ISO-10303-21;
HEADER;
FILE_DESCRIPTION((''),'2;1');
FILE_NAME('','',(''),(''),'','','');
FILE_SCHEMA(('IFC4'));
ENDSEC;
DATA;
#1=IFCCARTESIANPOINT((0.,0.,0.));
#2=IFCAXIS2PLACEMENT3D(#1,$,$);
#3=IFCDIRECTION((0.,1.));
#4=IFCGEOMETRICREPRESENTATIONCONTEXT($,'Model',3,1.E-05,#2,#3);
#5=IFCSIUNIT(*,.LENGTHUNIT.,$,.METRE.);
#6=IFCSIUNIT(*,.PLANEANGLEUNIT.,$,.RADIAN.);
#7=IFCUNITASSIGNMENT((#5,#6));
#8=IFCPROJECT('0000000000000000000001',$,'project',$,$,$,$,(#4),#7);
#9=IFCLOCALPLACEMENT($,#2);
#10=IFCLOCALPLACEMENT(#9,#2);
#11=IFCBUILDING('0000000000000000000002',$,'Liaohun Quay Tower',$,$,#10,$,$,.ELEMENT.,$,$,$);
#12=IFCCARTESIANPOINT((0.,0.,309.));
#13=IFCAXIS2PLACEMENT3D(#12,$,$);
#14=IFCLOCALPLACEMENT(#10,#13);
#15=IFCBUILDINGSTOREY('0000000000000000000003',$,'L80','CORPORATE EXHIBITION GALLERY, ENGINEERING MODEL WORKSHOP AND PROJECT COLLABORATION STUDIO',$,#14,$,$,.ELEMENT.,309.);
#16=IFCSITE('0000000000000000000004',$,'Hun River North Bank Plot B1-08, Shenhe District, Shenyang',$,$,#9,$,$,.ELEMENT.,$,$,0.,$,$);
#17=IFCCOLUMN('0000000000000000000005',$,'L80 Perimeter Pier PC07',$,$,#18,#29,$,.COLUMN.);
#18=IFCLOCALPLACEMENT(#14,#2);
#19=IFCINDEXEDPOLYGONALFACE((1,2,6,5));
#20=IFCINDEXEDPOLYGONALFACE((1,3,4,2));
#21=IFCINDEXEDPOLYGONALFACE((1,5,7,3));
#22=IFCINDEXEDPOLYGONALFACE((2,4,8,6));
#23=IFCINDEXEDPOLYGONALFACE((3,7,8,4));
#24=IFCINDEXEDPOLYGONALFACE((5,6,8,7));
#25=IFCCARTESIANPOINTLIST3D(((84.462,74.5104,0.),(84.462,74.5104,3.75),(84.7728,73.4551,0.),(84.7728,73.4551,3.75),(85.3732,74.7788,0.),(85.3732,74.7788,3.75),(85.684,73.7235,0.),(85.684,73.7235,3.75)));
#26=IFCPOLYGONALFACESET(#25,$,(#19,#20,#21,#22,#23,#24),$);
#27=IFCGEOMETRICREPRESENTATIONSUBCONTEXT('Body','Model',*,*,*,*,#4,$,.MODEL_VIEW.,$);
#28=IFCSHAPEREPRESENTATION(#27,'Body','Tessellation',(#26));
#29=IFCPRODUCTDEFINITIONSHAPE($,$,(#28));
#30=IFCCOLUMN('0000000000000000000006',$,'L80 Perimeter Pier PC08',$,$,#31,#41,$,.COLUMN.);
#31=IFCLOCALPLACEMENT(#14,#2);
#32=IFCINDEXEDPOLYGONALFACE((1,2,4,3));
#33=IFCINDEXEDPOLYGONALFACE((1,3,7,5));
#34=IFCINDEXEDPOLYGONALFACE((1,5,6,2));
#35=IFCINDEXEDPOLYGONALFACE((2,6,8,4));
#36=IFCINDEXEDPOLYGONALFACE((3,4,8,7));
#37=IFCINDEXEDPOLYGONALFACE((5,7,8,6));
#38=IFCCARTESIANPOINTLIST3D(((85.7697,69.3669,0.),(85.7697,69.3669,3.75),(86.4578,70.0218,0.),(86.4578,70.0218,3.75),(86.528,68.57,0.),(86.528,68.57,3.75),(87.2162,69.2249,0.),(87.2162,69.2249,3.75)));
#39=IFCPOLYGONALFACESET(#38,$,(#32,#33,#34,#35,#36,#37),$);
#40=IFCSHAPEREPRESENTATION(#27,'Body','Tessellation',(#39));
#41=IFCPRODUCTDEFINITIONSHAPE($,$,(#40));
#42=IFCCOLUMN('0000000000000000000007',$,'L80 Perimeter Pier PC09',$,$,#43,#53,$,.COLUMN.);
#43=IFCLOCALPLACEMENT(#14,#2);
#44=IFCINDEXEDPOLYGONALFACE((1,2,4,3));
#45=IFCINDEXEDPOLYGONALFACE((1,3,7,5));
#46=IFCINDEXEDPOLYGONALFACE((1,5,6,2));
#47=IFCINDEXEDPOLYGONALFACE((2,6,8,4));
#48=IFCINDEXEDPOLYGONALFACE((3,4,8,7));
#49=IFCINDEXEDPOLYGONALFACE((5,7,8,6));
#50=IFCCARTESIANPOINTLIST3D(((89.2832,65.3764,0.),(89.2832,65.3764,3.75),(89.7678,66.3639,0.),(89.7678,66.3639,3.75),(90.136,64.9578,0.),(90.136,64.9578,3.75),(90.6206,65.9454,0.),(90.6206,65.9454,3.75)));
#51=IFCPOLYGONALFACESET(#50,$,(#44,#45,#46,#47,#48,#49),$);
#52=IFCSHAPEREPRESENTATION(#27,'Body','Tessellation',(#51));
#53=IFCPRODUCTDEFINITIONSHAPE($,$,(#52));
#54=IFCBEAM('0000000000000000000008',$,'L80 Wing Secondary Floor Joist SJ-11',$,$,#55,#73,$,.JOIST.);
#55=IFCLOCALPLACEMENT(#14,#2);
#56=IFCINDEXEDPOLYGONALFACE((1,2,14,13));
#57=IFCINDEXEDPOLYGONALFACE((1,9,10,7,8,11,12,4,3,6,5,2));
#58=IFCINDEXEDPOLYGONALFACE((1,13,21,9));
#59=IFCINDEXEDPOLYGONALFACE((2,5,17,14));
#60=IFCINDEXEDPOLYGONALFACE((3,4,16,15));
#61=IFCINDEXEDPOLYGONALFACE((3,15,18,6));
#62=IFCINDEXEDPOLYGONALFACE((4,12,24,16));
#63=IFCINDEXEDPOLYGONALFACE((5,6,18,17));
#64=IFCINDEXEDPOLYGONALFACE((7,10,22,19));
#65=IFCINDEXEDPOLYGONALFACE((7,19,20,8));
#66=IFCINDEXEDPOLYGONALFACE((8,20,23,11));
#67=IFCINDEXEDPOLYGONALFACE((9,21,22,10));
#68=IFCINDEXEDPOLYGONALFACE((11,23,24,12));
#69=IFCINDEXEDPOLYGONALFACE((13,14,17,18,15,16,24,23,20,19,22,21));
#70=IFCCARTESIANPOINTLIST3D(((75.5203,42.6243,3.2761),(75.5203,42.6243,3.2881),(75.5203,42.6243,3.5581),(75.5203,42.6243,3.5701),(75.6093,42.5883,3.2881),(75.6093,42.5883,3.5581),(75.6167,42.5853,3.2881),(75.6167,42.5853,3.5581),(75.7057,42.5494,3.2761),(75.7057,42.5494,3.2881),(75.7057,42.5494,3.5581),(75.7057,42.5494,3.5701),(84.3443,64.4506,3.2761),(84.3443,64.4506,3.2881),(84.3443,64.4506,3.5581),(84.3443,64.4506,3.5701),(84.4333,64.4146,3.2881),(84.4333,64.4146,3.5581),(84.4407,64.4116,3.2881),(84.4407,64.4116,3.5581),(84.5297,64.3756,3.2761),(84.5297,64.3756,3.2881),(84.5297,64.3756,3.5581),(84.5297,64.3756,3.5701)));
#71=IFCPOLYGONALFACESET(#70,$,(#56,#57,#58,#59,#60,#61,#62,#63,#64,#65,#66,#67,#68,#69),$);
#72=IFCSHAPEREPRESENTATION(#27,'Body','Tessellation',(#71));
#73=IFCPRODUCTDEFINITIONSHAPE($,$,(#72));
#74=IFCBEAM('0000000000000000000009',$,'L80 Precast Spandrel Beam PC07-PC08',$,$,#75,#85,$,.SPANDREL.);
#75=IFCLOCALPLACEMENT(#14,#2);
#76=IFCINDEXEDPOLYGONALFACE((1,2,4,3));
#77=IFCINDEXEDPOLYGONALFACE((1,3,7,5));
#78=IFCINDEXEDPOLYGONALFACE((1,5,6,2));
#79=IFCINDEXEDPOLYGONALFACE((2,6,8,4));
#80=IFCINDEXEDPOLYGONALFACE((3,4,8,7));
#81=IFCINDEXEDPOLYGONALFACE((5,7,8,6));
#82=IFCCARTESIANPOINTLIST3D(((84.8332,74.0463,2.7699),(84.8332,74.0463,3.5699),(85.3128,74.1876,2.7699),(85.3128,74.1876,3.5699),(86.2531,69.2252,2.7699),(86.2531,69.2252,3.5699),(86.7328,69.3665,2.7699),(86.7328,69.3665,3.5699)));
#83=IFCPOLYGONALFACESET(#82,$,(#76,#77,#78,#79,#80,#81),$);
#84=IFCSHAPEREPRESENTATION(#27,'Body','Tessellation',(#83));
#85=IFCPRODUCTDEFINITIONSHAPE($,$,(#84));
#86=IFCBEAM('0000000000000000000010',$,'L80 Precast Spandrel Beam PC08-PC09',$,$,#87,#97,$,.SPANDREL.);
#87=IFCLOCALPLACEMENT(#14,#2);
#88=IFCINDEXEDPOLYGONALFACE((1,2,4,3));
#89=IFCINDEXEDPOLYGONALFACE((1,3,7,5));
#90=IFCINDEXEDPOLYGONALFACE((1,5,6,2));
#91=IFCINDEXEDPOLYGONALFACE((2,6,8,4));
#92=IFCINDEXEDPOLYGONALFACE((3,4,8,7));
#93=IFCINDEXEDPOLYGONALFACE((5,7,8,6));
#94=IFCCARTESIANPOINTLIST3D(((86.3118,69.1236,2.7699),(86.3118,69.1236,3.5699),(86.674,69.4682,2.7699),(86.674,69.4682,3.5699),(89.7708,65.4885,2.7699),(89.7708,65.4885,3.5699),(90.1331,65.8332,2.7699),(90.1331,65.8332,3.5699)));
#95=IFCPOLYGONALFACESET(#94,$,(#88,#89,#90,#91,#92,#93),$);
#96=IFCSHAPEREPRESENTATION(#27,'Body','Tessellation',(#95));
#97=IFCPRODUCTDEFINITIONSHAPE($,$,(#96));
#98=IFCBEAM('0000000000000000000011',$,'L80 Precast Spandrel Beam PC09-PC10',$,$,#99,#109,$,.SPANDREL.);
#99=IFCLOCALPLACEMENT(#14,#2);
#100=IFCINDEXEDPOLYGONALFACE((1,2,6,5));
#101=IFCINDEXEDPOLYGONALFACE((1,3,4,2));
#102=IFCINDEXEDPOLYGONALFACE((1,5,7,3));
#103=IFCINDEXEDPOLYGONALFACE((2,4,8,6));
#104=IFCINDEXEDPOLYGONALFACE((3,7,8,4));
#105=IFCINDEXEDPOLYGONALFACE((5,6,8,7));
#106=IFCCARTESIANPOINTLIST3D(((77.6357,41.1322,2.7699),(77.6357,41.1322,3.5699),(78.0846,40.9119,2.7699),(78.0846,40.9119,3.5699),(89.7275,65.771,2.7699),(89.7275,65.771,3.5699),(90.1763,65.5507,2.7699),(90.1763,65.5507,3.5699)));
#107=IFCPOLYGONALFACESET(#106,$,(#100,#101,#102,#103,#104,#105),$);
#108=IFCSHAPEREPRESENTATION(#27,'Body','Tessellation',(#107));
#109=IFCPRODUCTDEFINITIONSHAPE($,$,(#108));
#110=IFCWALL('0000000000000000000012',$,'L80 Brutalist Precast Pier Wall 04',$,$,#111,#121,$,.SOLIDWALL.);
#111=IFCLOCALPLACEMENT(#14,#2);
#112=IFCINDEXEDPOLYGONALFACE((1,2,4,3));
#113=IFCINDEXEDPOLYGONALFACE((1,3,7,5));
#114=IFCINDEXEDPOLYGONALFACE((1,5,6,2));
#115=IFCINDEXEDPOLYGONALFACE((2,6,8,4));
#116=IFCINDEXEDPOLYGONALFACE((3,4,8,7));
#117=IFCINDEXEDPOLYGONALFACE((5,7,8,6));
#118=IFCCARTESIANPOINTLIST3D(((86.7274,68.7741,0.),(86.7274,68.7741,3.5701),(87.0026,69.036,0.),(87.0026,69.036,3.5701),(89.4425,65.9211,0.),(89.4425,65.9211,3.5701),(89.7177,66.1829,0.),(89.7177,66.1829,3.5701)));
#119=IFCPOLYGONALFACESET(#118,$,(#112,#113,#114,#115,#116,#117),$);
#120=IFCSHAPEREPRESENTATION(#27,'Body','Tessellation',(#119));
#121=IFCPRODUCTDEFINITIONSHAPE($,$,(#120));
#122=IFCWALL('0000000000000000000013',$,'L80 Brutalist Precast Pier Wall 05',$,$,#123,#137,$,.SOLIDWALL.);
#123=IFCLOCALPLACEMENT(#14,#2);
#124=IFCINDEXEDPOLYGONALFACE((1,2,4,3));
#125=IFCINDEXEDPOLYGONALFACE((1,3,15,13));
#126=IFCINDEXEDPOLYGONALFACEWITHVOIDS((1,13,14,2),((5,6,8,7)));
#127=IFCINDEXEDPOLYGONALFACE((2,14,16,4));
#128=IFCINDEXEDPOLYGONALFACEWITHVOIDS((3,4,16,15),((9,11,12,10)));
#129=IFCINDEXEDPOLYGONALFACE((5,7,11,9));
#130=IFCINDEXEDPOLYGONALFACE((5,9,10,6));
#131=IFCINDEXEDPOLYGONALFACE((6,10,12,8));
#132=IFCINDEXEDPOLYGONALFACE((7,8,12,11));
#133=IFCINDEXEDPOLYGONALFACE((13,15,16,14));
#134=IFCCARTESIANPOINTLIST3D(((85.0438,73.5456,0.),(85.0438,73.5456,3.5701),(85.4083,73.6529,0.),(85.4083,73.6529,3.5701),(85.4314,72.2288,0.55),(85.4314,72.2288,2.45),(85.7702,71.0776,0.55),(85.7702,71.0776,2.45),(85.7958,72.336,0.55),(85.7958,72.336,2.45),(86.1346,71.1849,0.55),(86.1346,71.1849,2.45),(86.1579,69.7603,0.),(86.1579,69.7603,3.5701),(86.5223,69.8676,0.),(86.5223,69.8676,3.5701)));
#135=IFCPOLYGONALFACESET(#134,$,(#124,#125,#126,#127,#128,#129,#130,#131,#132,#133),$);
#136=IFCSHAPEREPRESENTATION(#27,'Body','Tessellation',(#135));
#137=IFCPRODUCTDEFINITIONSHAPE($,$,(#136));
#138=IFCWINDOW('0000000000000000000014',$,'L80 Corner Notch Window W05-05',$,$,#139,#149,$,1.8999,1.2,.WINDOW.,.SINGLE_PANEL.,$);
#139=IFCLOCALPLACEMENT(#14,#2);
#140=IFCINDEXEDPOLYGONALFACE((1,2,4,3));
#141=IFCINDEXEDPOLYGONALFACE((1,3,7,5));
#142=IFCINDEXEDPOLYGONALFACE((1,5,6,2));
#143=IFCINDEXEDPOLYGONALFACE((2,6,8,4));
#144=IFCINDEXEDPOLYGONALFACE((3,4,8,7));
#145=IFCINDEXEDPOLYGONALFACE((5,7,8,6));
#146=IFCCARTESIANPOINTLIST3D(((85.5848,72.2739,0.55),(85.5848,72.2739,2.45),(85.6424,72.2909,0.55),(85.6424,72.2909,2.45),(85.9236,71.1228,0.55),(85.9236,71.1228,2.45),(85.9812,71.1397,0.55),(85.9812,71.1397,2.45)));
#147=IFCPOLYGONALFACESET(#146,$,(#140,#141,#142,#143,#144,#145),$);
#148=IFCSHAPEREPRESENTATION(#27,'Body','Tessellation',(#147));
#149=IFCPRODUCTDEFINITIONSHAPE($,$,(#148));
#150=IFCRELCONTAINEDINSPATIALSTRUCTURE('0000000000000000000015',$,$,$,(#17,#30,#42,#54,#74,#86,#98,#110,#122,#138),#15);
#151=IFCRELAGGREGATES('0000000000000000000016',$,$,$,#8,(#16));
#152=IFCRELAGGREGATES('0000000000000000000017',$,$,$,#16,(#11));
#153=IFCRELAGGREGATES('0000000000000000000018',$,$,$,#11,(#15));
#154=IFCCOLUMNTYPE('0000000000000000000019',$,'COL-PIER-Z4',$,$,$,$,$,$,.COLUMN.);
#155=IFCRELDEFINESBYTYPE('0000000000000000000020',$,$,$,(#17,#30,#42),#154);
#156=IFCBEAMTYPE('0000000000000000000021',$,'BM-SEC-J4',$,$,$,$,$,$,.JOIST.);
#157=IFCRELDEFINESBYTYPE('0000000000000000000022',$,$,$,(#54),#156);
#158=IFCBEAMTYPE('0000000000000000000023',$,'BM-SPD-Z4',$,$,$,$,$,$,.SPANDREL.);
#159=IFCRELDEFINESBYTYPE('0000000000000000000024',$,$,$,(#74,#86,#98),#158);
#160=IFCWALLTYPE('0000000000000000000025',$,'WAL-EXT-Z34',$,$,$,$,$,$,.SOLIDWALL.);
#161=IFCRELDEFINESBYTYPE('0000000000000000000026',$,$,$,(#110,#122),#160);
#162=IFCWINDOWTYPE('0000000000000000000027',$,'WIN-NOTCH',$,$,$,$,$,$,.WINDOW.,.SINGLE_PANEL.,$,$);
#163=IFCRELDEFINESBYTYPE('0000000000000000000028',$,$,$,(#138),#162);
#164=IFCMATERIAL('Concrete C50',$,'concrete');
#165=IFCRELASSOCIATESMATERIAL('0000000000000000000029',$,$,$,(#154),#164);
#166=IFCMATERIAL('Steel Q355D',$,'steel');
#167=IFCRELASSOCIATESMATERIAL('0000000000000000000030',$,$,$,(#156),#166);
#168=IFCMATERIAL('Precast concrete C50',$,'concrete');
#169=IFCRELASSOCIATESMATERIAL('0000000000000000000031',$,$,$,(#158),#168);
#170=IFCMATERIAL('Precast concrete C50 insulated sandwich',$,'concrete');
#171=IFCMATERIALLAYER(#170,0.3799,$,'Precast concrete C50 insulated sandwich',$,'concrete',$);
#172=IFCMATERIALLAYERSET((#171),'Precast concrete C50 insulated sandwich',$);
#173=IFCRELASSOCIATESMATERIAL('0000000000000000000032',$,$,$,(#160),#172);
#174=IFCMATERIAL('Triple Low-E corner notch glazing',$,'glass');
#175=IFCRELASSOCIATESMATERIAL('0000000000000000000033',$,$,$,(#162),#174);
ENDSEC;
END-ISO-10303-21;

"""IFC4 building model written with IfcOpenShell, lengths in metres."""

from ifc_helpers import new_model, si_unit, direction, frame, frame_2d, origin, origin_2d, place, context, subcontext, project, spatial, rectangle, i_section, extrude, source, transform, mapped, material, layer, layer_set, material_profile, profile_set, type_object, element, fill, save


model = new_model("IFC4")

# Units and contexts
model_context = context("Model", 3, precision=1e-05, world=origin(), true_north=direction((0.0, 1.0)))
body_context = subcontext(model_context, "Body", "Model", "MODEL_VIEW")
ifc_project = project(units=[si_unit("LENGTHUNIT", "METRE"), si_unit("PLANEANGLEUNIT", "RADIAN")], contexts=[model_context])

# Site, building, storey
site_placement = place(None, origin())
site = spatial("IfcSite", under=ifc_project, at=site_placement, Name="Hun River North Bank Plot B1-08, Shenhe District, Shenyang", CompositionType="ELEMENT", RefElevation=0.0)
building_placement = place(site_placement, origin())
building = spatial("IfcBuilding", under=site, at=building_placement, Name="Liaohun Quay Tower", CompositionType="ELEMENT")
storey_placement = place(building_placement, frame((0.0, 0.0, 309.0)))
storey = spatial("IfcBuildingStorey", under=building, at=storey_placement, Name="L80", Description="CORPORATE EXHIBITION GALLERY, ENGINEERING MODEL WORKSHOP AND PROJECT COLLABORATION STUDIO", CompositionType="ELEMENT", Elevation=309.0)

# Columns
ifc_material_1 = material(Name="Concrete C50", Category="concrete")
ifc_material_profile_1 = material_profile(ifc_material_1, rectangle(XDim=1.1001, YDim=0.95, at=origin_2d()), Name="RC1100x950")
ifc_profile_set_1 = profile_set([ifc_material_profile_1], Name="Concrete C50")
column_type = type_object("IfcColumnType", Name="COL-PIER-Z4", PredefinedType="COLUMN", material=ifc_profile_set_1)
shared_shape_1 = source(origin(), body_context, "Body", "SweptSolid", [
    extrude(rectangle(XDim=1.1001, YDim=0.95, at=origin_2d()), origin(), (0.0, 0.0, 1.0), 3.75),
])
for number, where, z_axis, x_axis, name in (
    (1, (85.073, 74.1169, 0.0), (0.0, 0.0, 1.0), (-0.282509, 0.959265, 0.0), "L80 Perimeter Pier PC07"),
    (2, (86.4929, 69.2959, 0.0), (0.0, 0.0, 1.0), (-0.689367, 0.724413, 0.0), "L80 Perimeter Pier PC08"),
    (3, (89.9519, 65.6609, 0.0), (0.0, 0.0, 1.0), (0.440566, 0.89772, 0.0), "L80 Perimeter Pier PC09"),
):
    element("IfcColumn", number, at=place(storey_placement, frame(where, z_axis=z_axis, x_axis=x_axis)), inside=storey, type_object=column_type, Name=name, PredefinedType="COLUMN", context=body_context, shape_type="MappedRepresentation", body=[
        mapped(shared_shape_1, transform((0.0, 0.0, 0.0), x_axis=(1.0, 0.0, 0.0), y_axis=(0.0, 1.0, 0.0), z_axis=(0.0, 0.0, 1.0), scale=1.0)),
    ])

# Beams
ifc_material_2 = material(Name="Steel Q355D", Category="steel")
ifc_material_profile_2 = material_profile(ifc_material_2, i_section(OverallWidth=0.2, OverallDepth=0.2939, WebThickness=0.0081, FlangeThickness=0.012, at=origin_2d()), Name="HM294x200x8x12")
ifc_profile_set_2 = profile_set([ifc_material_profile_2], Name="Steel Q355D")
beam_type_1 = type_object("IfcBeamType", Name="BM-SEC-J4", PredefinedType="JOIST", material=ifc_profile_set_2)
shared_shape_2 = source(origin(), body_context, "Body", "SweptSolid", [
    extrude(i_section(OverallWidth=0.2, OverallDepth=0.2939, WebThickness=0.0081, FlangeThickness=0.012, at=origin_2d()), origin(), (0.0, 0.0, 1.0), 23.5425),
])
beam_1_placement = place(storey_placement, frame((84.437, 64.4131, 3.4231), z_axis=(-0.374812, -0.927101, 0.0), x_axis=(0.927101, -0.374812, 0.0)))
element("IfcBeam", 4, at=beam_1_placement, inside=storey, type_object=beam_type_1, Name="L80 Wing Secondary Floor Joist SJ-11", PredefinedType="JOIST", context=body_context, shape_type="MappedRepresentation", body=[
    mapped(shared_shape_2, transform((0.0, 0.0, 0.0), x_axis=(1.0, 0.0, 0.0), y_axis=(0.0, 1.0, 0.0), z_axis=(0.0, 0.0, 1.0), scale=1.0)),
])
ifc_material_3 = material(Name="Precast concrete C50", Category="concrete")
ifc_material_profile_3 = material_profile(ifc_material_3, rectangle(XDim=0.5, YDim=0.8, at=origin_2d()), Name="RC500x800")
ifc_profile_set_3 = profile_set([ifc_material_profile_3], Name="Precast concrete C50")
beam_type_2 = type_object("IfcBeamType", Name="BM-SPD-Z4", PredefinedType="SPANDREL", material=ifc_profile_set_3)
shared_shape_3 = source(origin(), body_context, "Body", "SweptSolid", [
    extrude(rectangle(XDim=0.5, YDim=0.8, at=origin_2d()), origin(), (0.0, 0.0, 1.0), 5.0259),
])
beam_2_placement = place(storey_placement, frame((85.073, 74.1169, 3.1699), z_axis=(0.282527, -0.959259, 0.0), x_axis=(0.959259, 0.282527, 0.0)))
element("IfcBeam", 5, at=beam_2_placement, inside=storey, type_object=beam_type_2, Name="L80 Precast Spandrel Beam PC07-PC08", PredefinedType="SPANDREL", context=body_context, shape_type="MappedRepresentation", body=[
    mapped(shared_shape_3, transform((0.0, 0.0, 0.0), x_axis=(1.0, 0.0, 0.0), y_axis=(0.0, 1.0, 0.0), z_axis=(0.0, 0.0, 1.0), scale=1.0)),
])
shared_shape_4 = source(origin(), body_context, "Body", "SweptSolid", [
    extrude(rectangle(XDim=0.5, YDim=0.8, at=origin_2d()), origin(), (0.0, 0.0, 1.0), 5.0178),
])
beam_3_placement = place(storey_placement, frame((86.4929, 69.2959, 3.1699), z_axis=(0.689349, -0.724429, 0.0), x_axis=(0.724429, 0.689349, 0.0)))
element("IfcBeam", 6, at=beam_3_placement, inside=storey, type_object=beam_type_2, Name="L80 Precast Spandrel Beam PC08-PC09", PredefinedType="SPANDREL", context=body_context, shape_type="MappedRepresentation", body=[
    mapped(shared_shape_4, transform((0.0, 0.0, 0.0), x_axis=(1.0, 0.0, 0.0), y_axis=(0.0, 1.0, 0.0), z_axis=(0.0, 0.0, 1.0), scale=1.0)),
])
shared_shape_5 = source(origin(), body_context, "Body", "SweptSolid", [
    extrude(rectangle(XDim=0.5, YDim=0.8, at=origin_2d()), origin(), (0.0, 0.0, 1.0), 27.446),
])
beam_4_placement = place(storey_placement, frame((89.9519, 65.6609, 3.1699), z_axis=(-0.440565, -0.897721, 0.0), x_axis=(0.897721, -0.440565, 0.0)))
element("IfcBeam", 7, at=beam_4_placement, inside=storey, type_object=beam_type_2, Name="L80 Precast Spandrel Beam PC09-PC10", PredefinedType="SPANDREL", context=body_context, shape_type="MappedRepresentation", body=[
    mapped(shared_shape_5, transform((0.0, 0.0, 0.0), x_axis=(1.0, 0.0, 0.0), y_axis=(0.0, 1.0, 0.0), z_axis=(0.0, 0.0, 1.0), scale=1.0)),
])

# Wall
ifc_material_4 = material(Name="Precast concrete C50 insulated sandwich", Category="concrete")
ifc_layer_1 = layer(ifc_material_4, 0.3799, Name="Precast concrete C50 insulated sandwich", Category="concrete")
ifc_layer_set_1 = layer_set([ifc_layer_1], Name="Precast concrete C50 insulated sandwich")
wall_type_1 = type_object("IfcWallType", Name="WAL-EXT-Z34", PredefinedType="SOLIDWALL", material=ifc_layer_set_1)
wall_1_placement = place(storey_placement, frame((89.5801, 66.052, 0.0), z_axis=(0.0, 0.0, 1.0), x_axis=(-0.689378, 0.724402, 0.0)))
element("IfcWall", 8, at=wall_1_placement, inside=storey, type_object=wall_type_1, Name="L80 Brutalist Precast Pier Wall 04", PredefinedType="SOLIDWALL", context=body_context, shape_type="SweptSolid", body=[
    extrude(rectangle(XDim=3.9385, YDim=0.3799, at=frame_2d((1.9692, 0.0))), origin(), (0.0, 0.0, 1.0), 3.5701),
])

# Wall, opening, window
wall_2_placement = place(storey_placement, frame((86.3401, 69.814, 0.0), z_axis=(0.0, 0.0, 1.0), x_axis=(-0.282337, 0.959315, 0.0)))
wall_2 = element("IfcWall", 9, at=wall_2_placement, inside=storey, type_object=wall_type_1, Name="L80 Brutalist Precast Pier Wall 05", PredefinedType="SOLIDWALL", context=body_context, shape_type="SweptSolid", body=[
    extrude(rectangle(XDim=3.9458, YDim=0.3799, at=frame_2d((1.9729, 0.0))), origin(), (0.0, 0.0, 1.0), 3.5701),
])
shared_shape_6 = source(origin(), body_context, "Body", "SweptSolid", [
    extrude(rectangle(XDim=1.2, YDim=1.8999, at=frame_2d((0.6001, 0.95))), frame((0.0, 0.2, 0.0), z_axis=(0.0, -1.0, 0.0), x_axis=(1.0, 0.0, 0.0)), (0.0, 0.0, 1.0), 0.3999),
])
opening_1_placement = place(wall_2_placement, frame((1.373, 0.0, 0.55)))
opening_1 = element("IfcOpeningElement", 10, at=opening_1_placement, cuts=wall_2, PredefinedType="OPENING", context=body_context, shape_type="MappedRepresentation", body=[
    mapped(shared_shape_6, transform((0.0, 0.0, 0.0), x_axis=(1.0, 0.0, 0.0), y_axis=(0.0, 1.0, 0.0), z_axis=(0.0, 0.0, 1.0), scale=1.0)),
])
ifc_material_5 = material(Name="Triple Low-E corner notch glazing", Category="glass")
window_type_1 = type_object("IfcWindowType", Name="WIN-NOTCH", PartitioningType="SINGLE_PANEL", PredefinedType="WINDOW", material=ifc_material_5)
shared_shape_7 = source(origin(), body_context, "Body", "SweptSolid", [
    extrude(rectangle(XDim=1.2, YDim=1.8999, at=frame_2d((0.6001, 0.95))), frame((0.0, 0.03, 0.0), z_axis=(0.0, -1.0, 0.0), x_axis=(1.0, 0.0, 0.0)), (0.0, 0.0, 1.0), 0.0601),
])
window_1_placement = place(opening_1_placement, origin())
window_1 = element("IfcWindow", 11, at=window_1_placement, inside=storey, type_object=window_type_1, Name="L80 Corner Notch Window W05-05", OverallHeight=1.8999, OverallWidth=1.2, PartitioningType="SINGLE_PANEL", PredefinedType="WINDOW", context=body_context, shape_type="MappedRepresentation", body=[
    mapped(shared_shape_7, transform((0.0, 0.0, 0.0), x_axis=(1.0, 0.0, 0.0), y_axis=(0.0, 1.0, 0.0), z_axis=(0.0, 0.0, 1.0), scale=1.0)),
])
fill(opening_1, window_1)

save(model, "model.ifc")
